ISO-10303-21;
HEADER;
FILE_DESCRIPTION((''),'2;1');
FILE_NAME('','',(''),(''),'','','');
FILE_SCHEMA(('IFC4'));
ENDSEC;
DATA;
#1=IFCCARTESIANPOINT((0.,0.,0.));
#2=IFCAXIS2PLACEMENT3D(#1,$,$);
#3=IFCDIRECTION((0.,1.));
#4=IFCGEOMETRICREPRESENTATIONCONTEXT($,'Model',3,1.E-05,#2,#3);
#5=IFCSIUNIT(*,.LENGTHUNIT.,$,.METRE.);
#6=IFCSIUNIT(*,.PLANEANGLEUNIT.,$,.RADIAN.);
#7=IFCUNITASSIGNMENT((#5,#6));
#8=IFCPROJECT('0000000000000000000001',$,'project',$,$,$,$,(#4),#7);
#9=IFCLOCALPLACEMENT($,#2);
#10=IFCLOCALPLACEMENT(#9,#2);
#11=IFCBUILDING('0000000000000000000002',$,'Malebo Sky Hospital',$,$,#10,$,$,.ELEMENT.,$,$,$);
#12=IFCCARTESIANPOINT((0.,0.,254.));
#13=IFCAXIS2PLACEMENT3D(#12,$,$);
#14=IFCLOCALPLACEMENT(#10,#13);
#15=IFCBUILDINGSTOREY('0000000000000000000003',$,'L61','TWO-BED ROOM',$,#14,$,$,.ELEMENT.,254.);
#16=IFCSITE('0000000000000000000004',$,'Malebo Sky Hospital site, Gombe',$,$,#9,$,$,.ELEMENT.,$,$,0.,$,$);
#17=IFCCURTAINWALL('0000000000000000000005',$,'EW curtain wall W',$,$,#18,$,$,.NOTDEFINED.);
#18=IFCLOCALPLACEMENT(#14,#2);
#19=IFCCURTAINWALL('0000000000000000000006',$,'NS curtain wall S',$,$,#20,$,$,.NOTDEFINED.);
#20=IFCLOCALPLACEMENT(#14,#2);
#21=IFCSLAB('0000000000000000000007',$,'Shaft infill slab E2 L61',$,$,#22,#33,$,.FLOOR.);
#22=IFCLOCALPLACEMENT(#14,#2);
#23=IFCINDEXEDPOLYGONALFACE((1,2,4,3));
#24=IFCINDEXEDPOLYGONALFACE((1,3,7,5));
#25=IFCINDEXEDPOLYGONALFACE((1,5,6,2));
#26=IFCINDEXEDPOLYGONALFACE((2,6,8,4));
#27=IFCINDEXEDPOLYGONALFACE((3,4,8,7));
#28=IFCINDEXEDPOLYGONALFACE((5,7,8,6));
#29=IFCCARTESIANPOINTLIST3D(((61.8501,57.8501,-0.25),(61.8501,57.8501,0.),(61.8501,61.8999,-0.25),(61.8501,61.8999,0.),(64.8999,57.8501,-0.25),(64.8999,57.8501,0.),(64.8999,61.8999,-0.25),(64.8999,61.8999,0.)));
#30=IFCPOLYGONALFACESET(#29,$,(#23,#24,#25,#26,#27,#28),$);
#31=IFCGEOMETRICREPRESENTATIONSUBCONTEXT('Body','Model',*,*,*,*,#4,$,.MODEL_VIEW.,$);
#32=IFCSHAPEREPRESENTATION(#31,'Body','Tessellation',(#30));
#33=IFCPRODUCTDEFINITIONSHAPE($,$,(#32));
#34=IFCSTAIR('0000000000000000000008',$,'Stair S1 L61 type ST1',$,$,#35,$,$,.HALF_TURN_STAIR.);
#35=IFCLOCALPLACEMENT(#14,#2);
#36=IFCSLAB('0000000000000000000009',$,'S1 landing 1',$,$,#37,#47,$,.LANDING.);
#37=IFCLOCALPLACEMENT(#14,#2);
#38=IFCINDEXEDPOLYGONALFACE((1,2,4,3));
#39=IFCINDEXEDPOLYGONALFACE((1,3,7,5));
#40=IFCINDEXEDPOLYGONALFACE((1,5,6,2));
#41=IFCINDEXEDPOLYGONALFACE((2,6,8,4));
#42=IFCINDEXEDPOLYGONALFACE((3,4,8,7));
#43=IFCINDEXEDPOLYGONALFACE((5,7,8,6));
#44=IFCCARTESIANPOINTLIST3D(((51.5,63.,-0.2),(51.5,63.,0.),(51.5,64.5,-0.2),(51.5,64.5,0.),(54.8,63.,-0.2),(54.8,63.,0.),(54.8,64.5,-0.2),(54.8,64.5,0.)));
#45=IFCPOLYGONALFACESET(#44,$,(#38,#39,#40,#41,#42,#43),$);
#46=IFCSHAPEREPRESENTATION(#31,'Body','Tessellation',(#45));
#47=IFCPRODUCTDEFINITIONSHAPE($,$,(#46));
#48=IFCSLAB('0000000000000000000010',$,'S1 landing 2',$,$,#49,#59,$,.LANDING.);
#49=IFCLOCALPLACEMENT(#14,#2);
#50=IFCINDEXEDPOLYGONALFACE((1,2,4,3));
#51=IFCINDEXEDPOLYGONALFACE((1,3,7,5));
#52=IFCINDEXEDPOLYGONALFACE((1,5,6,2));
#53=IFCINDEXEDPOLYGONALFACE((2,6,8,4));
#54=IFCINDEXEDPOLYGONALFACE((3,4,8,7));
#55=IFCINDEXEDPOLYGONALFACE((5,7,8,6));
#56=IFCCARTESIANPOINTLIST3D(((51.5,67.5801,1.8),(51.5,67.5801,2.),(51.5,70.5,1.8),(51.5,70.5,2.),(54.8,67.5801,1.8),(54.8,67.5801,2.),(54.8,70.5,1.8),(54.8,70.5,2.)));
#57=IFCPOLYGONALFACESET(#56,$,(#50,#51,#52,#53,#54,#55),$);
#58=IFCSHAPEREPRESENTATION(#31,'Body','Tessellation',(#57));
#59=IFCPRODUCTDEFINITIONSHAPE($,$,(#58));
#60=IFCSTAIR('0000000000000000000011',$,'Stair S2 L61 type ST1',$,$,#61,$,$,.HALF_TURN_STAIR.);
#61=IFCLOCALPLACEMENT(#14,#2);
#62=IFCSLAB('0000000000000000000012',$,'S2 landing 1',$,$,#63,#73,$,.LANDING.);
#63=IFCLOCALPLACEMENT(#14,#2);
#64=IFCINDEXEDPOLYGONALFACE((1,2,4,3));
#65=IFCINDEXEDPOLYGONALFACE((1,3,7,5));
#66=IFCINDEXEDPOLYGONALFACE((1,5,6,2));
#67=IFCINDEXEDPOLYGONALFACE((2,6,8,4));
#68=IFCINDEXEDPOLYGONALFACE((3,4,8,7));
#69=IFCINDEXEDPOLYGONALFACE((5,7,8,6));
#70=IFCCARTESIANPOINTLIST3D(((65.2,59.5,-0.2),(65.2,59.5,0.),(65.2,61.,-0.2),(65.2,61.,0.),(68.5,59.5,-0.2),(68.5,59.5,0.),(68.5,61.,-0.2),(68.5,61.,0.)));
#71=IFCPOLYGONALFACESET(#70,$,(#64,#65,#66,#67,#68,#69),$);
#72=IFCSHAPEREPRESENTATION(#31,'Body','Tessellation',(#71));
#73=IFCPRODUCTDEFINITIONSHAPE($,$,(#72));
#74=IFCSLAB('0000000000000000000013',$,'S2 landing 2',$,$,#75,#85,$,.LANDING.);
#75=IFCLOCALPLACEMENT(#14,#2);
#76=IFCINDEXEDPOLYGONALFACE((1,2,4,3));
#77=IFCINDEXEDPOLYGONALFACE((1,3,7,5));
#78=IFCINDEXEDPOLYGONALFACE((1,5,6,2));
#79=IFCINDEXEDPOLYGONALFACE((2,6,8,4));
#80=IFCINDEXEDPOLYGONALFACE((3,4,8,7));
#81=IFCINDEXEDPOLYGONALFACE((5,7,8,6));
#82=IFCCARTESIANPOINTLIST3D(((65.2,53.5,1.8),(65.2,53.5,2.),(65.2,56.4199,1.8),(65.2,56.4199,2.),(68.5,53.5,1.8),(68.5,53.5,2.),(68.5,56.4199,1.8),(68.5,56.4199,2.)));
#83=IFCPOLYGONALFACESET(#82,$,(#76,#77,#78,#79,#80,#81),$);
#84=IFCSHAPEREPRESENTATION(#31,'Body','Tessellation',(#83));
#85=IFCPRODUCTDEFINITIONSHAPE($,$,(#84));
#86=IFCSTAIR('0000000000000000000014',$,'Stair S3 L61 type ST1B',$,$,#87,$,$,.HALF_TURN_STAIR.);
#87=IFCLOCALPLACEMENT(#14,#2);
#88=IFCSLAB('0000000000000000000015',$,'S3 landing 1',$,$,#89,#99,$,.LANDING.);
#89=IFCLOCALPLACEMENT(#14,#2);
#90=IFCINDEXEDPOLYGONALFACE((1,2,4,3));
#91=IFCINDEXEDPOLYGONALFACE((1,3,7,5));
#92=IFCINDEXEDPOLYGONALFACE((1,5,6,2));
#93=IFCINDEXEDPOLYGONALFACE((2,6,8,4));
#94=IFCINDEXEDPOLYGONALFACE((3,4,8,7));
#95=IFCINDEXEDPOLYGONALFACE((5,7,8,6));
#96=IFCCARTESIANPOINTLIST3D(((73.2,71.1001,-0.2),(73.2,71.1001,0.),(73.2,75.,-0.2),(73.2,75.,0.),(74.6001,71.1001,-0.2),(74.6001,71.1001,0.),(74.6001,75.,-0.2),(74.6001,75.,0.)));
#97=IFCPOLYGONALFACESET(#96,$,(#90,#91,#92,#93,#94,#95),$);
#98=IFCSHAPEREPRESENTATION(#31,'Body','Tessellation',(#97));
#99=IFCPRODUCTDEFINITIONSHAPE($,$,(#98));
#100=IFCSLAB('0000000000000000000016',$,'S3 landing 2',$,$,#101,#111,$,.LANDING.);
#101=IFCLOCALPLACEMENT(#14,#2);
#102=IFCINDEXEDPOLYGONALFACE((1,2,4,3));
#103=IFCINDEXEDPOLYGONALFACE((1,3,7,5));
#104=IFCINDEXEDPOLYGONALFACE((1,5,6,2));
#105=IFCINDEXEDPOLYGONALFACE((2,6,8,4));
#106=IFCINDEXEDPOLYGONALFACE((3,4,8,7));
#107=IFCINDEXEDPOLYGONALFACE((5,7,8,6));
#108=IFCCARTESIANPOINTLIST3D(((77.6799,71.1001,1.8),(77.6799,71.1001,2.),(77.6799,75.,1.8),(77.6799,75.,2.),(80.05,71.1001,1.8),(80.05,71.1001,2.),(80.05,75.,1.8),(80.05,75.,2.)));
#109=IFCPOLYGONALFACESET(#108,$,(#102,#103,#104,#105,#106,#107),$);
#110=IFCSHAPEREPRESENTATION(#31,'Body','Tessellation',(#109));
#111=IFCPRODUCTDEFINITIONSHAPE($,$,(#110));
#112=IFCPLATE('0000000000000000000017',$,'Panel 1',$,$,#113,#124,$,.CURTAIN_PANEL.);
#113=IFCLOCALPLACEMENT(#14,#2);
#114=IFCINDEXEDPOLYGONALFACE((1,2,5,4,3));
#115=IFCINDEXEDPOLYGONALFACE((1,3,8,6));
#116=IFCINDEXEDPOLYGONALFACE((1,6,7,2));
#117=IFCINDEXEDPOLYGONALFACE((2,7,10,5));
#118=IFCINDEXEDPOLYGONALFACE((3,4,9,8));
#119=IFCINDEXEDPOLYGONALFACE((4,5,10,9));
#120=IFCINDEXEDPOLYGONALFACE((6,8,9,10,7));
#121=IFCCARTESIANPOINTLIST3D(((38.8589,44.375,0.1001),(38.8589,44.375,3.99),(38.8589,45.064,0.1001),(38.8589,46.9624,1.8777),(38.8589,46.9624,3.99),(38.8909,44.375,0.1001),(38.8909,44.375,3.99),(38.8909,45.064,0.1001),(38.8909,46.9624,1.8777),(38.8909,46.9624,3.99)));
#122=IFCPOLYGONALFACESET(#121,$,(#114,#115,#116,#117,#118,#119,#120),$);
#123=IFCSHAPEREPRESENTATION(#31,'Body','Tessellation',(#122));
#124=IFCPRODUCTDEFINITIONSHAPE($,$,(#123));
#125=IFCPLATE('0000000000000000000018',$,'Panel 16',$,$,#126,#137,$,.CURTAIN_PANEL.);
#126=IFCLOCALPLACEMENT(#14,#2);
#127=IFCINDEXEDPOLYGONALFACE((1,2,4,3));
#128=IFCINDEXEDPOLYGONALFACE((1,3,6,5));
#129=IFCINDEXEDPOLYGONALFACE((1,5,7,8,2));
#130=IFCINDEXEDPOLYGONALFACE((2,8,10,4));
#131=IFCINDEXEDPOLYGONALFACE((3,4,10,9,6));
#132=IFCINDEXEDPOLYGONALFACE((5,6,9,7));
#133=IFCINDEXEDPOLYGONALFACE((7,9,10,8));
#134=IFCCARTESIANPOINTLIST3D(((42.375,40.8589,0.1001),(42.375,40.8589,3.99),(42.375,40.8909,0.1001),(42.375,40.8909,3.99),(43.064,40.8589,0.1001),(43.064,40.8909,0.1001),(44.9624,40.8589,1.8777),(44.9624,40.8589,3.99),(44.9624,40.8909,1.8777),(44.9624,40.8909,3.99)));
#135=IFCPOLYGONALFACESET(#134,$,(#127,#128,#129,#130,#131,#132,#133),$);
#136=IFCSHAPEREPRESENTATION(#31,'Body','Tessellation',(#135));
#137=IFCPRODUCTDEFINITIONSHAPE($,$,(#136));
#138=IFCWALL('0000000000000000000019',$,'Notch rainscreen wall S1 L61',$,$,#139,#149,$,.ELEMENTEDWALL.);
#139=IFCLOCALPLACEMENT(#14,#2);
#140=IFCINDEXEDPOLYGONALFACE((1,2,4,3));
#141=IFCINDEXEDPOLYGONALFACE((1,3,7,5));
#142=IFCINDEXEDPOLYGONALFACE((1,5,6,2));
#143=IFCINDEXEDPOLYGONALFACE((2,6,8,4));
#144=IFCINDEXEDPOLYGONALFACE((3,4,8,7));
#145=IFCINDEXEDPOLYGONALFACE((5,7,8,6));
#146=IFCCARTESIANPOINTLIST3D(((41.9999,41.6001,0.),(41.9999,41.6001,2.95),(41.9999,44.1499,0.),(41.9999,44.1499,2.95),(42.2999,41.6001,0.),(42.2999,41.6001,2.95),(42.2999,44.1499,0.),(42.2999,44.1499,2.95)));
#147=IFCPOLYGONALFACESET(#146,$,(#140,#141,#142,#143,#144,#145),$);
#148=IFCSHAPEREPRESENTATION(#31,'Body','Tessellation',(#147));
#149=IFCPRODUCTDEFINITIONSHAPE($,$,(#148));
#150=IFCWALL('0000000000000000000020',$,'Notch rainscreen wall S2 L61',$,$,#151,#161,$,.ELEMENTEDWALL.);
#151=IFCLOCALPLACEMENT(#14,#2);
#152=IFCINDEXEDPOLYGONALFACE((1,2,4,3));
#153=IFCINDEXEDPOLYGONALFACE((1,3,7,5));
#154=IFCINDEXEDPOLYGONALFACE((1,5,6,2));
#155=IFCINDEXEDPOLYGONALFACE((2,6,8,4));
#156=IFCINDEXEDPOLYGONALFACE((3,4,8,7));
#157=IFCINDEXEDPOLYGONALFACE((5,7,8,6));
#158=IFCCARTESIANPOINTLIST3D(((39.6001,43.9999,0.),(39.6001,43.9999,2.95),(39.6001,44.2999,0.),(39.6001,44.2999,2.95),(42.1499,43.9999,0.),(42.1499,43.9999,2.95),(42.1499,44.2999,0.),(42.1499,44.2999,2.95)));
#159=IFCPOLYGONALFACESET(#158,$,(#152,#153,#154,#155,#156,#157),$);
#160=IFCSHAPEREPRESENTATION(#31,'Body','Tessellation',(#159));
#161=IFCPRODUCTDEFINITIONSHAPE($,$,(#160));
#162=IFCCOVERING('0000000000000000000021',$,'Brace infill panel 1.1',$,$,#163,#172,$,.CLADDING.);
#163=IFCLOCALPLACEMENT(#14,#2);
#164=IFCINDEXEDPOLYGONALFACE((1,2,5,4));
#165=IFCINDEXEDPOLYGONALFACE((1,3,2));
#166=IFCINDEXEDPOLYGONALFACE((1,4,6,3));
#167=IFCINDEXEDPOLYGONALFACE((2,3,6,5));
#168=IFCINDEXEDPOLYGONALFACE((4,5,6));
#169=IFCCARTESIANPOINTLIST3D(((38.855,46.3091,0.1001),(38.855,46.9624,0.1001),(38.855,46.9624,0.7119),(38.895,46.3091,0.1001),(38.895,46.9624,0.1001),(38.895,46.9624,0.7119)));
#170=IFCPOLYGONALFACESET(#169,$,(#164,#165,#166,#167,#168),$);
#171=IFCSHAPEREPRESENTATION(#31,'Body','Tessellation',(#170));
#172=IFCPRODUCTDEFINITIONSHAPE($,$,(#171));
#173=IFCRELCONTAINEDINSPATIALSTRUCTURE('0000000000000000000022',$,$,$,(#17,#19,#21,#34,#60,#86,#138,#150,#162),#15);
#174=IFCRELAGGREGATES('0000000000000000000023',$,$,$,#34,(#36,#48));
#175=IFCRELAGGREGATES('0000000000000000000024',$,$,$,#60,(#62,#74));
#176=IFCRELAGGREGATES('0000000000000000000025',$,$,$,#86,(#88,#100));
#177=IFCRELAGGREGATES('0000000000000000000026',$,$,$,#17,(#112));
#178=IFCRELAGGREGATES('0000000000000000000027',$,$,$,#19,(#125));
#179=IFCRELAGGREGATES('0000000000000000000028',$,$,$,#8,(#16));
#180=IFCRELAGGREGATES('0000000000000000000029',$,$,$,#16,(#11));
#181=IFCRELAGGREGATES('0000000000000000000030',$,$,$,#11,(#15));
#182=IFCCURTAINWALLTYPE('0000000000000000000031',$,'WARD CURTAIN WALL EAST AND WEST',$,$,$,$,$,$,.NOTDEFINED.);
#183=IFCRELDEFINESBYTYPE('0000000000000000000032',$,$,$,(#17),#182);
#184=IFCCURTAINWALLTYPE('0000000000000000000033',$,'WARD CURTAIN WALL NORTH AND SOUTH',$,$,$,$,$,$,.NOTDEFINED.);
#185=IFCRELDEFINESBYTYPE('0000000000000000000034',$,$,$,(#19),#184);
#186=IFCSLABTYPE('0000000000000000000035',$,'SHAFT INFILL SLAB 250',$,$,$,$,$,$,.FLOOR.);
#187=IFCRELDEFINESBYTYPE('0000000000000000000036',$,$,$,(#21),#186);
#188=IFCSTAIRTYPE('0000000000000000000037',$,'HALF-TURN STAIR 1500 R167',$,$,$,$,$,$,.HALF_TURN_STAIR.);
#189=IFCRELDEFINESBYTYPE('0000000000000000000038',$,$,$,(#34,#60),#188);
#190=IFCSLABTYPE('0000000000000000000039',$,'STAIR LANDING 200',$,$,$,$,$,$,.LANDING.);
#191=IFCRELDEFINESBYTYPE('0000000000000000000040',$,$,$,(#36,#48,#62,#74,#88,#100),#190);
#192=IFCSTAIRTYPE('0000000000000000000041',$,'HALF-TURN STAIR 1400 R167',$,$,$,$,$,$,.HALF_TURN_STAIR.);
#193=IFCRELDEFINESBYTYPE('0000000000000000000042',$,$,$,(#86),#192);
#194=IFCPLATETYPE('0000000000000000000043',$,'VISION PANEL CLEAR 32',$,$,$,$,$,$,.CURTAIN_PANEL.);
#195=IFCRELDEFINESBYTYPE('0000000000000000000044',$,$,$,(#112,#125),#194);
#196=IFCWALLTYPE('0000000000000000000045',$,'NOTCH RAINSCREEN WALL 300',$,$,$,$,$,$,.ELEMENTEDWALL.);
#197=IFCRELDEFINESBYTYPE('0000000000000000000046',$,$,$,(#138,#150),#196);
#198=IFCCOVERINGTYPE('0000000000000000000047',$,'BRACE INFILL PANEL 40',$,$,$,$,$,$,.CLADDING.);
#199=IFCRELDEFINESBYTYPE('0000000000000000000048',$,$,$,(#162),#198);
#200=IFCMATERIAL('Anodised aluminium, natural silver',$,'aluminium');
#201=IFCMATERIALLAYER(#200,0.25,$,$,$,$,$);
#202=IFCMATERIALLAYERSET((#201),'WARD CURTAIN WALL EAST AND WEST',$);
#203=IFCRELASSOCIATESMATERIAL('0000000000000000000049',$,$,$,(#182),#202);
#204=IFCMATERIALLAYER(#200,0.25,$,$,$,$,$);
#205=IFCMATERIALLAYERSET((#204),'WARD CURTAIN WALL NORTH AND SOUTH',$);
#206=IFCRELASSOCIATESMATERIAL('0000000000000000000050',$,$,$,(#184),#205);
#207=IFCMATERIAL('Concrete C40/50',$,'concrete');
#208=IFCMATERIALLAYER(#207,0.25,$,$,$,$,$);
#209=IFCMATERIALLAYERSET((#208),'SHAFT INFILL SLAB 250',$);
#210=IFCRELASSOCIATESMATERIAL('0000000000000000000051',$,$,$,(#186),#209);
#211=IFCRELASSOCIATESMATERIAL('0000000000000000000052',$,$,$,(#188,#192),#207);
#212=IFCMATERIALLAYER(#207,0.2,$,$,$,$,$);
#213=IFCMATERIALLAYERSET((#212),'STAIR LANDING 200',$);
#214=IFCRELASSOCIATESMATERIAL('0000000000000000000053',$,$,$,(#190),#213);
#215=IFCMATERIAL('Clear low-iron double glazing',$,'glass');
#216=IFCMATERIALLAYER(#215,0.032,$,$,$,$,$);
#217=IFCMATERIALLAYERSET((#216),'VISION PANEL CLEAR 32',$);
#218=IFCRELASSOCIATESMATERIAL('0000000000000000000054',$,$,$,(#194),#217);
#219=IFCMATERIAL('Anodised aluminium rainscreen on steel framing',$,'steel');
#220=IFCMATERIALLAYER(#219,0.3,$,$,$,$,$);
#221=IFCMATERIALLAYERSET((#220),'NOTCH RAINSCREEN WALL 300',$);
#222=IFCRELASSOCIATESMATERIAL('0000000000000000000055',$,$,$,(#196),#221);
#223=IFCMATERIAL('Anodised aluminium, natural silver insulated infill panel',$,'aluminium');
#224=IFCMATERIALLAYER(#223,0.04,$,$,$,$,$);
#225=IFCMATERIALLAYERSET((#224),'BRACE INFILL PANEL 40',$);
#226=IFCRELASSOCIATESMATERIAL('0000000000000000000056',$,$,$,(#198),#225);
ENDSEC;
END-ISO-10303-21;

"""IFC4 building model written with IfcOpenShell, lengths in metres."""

from ifc_helpers import new_model, si_unit, direction, frame, frame_2d, origin, place, context, subcontext, project, spatial, polyline, rectangle, outline, extrude, material, layer, layer_set, type_object, element, aggregate, save


model = new_model("IFC4")

# Units and contexts
model_context = context("Model", 3, precision=1e-05, world=origin(), true_north=direction((0.0, 1.0)))
body_context = subcontext(model_context, "Body", "Model", "MODEL_VIEW")
ifc_project = project(units=[si_unit("LENGTHUNIT", "METRE"), si_unit("PLANEANGLEUNIT", "RADIAN")], contexts=[model_context])

# Site, building, storey
site_placement = place(None, origin())
site = spatial("IfcSite", under=ifc_project, at=site_placement, Name="Malebo Sky Hospital site, Gombe", CompositionType="ELEMENT", RefElevation=0.0)
building_placement = place(site_placement, origin())
building = spatial("IfcBuilding", under=site, at=building_placement, Name="Malebo Sky Hospital", CompositionType="ELEMENT")
storey_placement = place(building_placement, frame((0.0, 0.0, 254.0)))
storey = spatial("IfcBuildingStorey", under=building, at=storey_placement, Name="L61", Description="TWO-BED ROOM", CompositionType="ELEMENT", Elevation=254.0)

# Curtain wall
ifc_material_1 = material(Name="Anodised aluminium, natural silver", Category="aluminium")
ifc_layer_1 = layer(ifc_material_1, 0.25)
ifc_layer_set_1 = layer_set([ifc_layer_1], Name="WARD CURTAIN WALL EAST AND WEST")
curtain_wall_type_1 = type_object("IfcCurtainWallType", Name="WARD CURTAIN WALL EAST AND WEST", PredefinedType="NOTDEFINED", material=ifc_layer_set_1)
curtain_wall_1_placement = place(storey_placement, origin())
curtain_wall_1 = element("IfcCurtainWall", 1, at=curtain_wall_1_placement, inside=storey, type_object=curtain_wall_type_1, Name="EW curtain wall W", PredefinedType="NOTDEFINED")

# Curtain wall
ifc_layer_2 = layer(ifc_material_1, 0.25)
ifc_layer_set_2 = layer_set([ifc_layer_2], Name="WARD CURTAIN WALL NORTH AND SOUTH")
curtain_wall_type_2 = type_object("IfcCurtainWallType", Name="WARD CURTAIN WALL NORTH AND SOUTH", PredefinedType="NOTDEFINED", material=ifc_layer_set_2)
curtain_wall_2_placement = place(storey_placement, origin())
curtain_wall_2 = element("IfcCurtainWall", 2, at=curtain_wall_2_placement, inside=storey, type_object=curtain_wall_type_2, Name="NS curtain wall S", PredefinedType="NOTDEFINED")

# Slab
ifc_material_2 = material(Name="Concrete C40/50", Category="concrete")
ifc_layer_3 = layer(ifc_material_2, 0.25)
ifc_layer_set_3 = layer_set([ifc_layer_3], Name="SHAFT INFILL SLAB 250")
slab_type_1 = type_object("IfcSlabType", Name="SHAFT INFILL SLAB 250", PredefinedType="FLOOR", material=ifc_layer_set_3)
slab_1_placement = place(storey_placement, frame((0.0, 0.0, -0.25)))
element("IfcSlab", 3, at=slab_1_placement, inside=storey, type_object=slab_type_1, Name="Shaft infill slab E2 L61", PredefinedType="FLOOR", context=body_context, shape_type="SweptSolid", body=[
    extrude(outline(polyline([(61.8501, 57.8501), (64.8999, 57.8501), (64.8999, 61.8999), (61.8501, 61.8999), (61.8501, 57.8501)])), origin(), (0.0, 0.0, 1.0), 0.25),
])

# Stairs, slabs
stair_type_1 = type_object("IfcStairType", Name="HALF-TURN STAIR 1500 R167", PredefinedType="HALF_TURN_STAIR", material=ifc_material_2)
stair_1_placement = place(storey_placement, origin())
stair_1 = element("IfcStair", 4, at=stair_1_placement, inside=storey, type_object=stair_type_1, Name="Stair S1 L61 type ST1", PredefinedType="HALF_TURN_STAIR")
ifc_layer_4 = layer(ifc_material_2, 0.2)
ifc_layer_set_4 = layer_set([ifc_layer_4], Name="STAIR LANDING 200")
slab_type_2 = type_object("IfcSlabType", Name="STAIR LANDING 200", PredefinedType="LANDING", material=ifc_layer_set_4)
slab_2_placement = place(storey_placement, frame((0.0, 0.0, -0.2)))
slab_2 = element("IfcSlab", 5, at=slab_2_placement, type_object=slab_type_2, Name="S1 landing 1", PredefinedType="LANDING", context=body_context, shape_type="SweptSolid", body=[
    extrude(outline(polyline([(51.5, 63.0), (54.8, 63.0), (54.8, 64.5), (51.5, 64.5), (51.5, 63.0)])), origin(), (0.0, 0.0, 1.0), 0.2),
])
slab_3_placement = place(storey_placement, frame((0.0, 0.0, 1.8)))
slab_3 = element("IfcSlab", 6, at=slab_3_placement, type_object=slab_type_2, Name="S1 landing 2", PredefinedType="LANDING", context=body_context, shape_type="SweptSolid", body=[
    extrude(outline(polyline([(51.5, 67.5801), (54.8, 67.5801), (54.8, 70.5), (51.5, 70.5), (51.5, 67.5801)])), origin(), (0.0, 0.0, 1.0), 0.2),
])
aggregate(stair_1, [slab_2, slab_3])
stair_2_placement = place(storey_placement, origin())
stair_2 = element("IfcStair", 7, at=stair_2_placement, inside=storey, type_object=stair_type_1, Name="Stair S2 L61 type ST1", PredefinedType="HALF_TURN_STAIR")
slab_4_placement = place(storey_placement, frame((0.0, 0.0, -0.2)))
slab_4 = element("IfcSlab", 8, at=slab_4_placement, type_object=slab_type_2, Name="S2 landing 1", PredefinedType="LANDING", context=body_context, shape_type="SweptSolid", body=[
    extrude(outline(polyline([(65.2, 59.5), (68.5, 59.5), (68.5, 61.0), (65.2, 61.0), (65.2, 59.5)])), origin(), (0.0, 0.0, 1.0), 0.2),
])
slab_5_placement = place(storey_placement, frame((0.0, 0.0, 1.8)))
slab_5 = element("IfcSlab", 9, at=slab_5_placement, type_object=slab_type_2, Name="S2 landing 2", PredefinedType="LANDING", context=body_context, shape_type="SweptSolid", body=[
    extrude(outline(polyline([(65.2, 53.5), (68.5, 53.5), (68.5, 56.4199), (65.2, 56.4199), (65.2, 53.5)])), origin(), (0.0, 0.0, 1.0), 0.2),
])
aggregate(stair_2, [slab_4, slab_5])
stair_type_2 = type_object("IfcStairType", Name="HALF-TURN STAIR 1400 R167", PredefinedType="HALF_TURN_STAIR", material=ifc_material_2)
stair_3_placement = place(storey_placement, origin())
stair_3 = element("IfcStair", 10, at=stair_3_placement, inside=storey, type_object=stair_type_2, Name="Stair S3 L61 type ST1B", PredefinedType="HALF_TURN_STAIR")
slab_6_placement = place(storey_placement, frame((0.0, 0.0, -0.2)))
slab_6 = element("IfcSlab", 11, at=slab_6_placement, type_object=slab_type_2, Name="S3 landing 1", PredefinedType="LANDING", context=body_context, shape_type="SweptSolid", body=[
    extrude(outline(polyline([(73.2, 71.1001), (73.2, 75.0), (74.6001, 75.0), (74.6001, 71.1001), (73.2, 71.1001)])), origin(), (0.0, 0.0, 1.0), 0.2),
])
slab_7_placement = place(storey_placement, frame((0.0, 0.0, 1.8)))
slab_7 = element("IfcSlab", 12, at=slab_7_placement, type_object=slab_type_2, Name="S3 landing 2", PredefinedType="LANDING", context=body_context, shape_type="SweptSolid", body=[
    extrude(outline(polyline([(77.6799, 71.1001), (77.6799, 75.0), (80.05, 75.0), (80.05, 71.1001), (77.6799, 71.1001)])), origin(), (0.0, 0.0, 1.0), 0.2),
])
aggregate(stair_3, [slab_6, slab_7])

# Plates
ifc_material_3 = material(Name="Clear low-iron double glazing", Category="glass")
ifc_layer_5 = layer(ifc_material_3, 0.032)
ifc_layer_set_5 = layer_set([ifc_layer_5], Name="VISION PANEL CLEAR 32")
plate_type = type_object("IfcPlateType", Name="VISION PANEL CLEAR 32", PredefinedType="CURTAIN_PANEL", material=ifc_layer_set_5)
plate_1_placement = place(storey_placement, frame((38.875, 45.6687, 0.1001), z_axis=(0.0, 0.0, 1.0), x_axis=(0.0, 1.0, 0.0)))
plate_1 = element("IfcPlate", 13, at=plate_1_placement, type_object=plate_type, Name="Panel 1", PredefinedType="CURTAIN_PANEL", context=body_context, shape_type="SweptSolid", body=[
    extrude(outline(polyline([(-1.2937, 0.0), (-0.6047, 0.0), (1.2937, 1.7776), (1.2937, 3.8899), (-1.2937, 3.8899), (-1.2937, 0.0)])), frame((0.0, 0.0161, 0.0), z_axis=(0.0, -1.0, 0.0), x_axis=(1.0, 0.0, 0.0)), (0.0, 0.0, 1.0), 0.032),
])
aggregate(curtain_wall_1, [plate_1])
plate_2_placement = place(storey_placement, frame((43.6687, 40.875, 0.1001), z_axis=(0.0, 0.0, 1.0), x_axis=(-1.0, 0.0, 0.0)))
plate_2 = element("IfcPlate", 14, at=plate_2_placement, type_object=plate_type, Name="Panel 16", PredefinedType="CURTAIN_PANEL", context=body_context, shape_type="SweptSolid", body=[
    extrude(outline(polyline([(0.6047, 0.0), (1.2937, 0.0), (1.2937, 3.8899), (-1.2937, 3.8899), (-1.2937, 1.7776), (0.6047, 0.0)])), frame((0.0, 0.0161, 0.0), z_axis=(0.0, -1.0, 0.0), x_axis=(1.0, 0.0, 0.0)), (0.0, 0.0, 1.0), 0.032),
])
aggregate(curtain_wall_2, [plate_2])

# Walls
ifc_material_4 = material(Name="Anodised aluminium rainscreen on steel framing", Category="steel")
ifc_layer_6 = layer(ifc_material_4, 0.3)
ifc_layer_set_6 = layer_set([ifc_layer_6], Name="NOTCH RAINSCREEN WALL 300")
wall_type = type_object("IfcWallType", Name="NOTCH RAINSCREEN WALL 300", PredefinedType="ELEMENTEDWALL", material=ifc_layer_set_6)
for number, where, z_axis, x_axis, name in (
    (15, (42.1499, 41.6001, 0.0), (0.0, 0.0, 1.0), (0.0, 1.0, 0.0), "Notch rainscreen wall S1 L61"),
    (16, (42.1499, 44.1499, 0.0), (0.0, 0.0, 1.0), (-1.0, 0.0, 0.0), "Notch rainscreen wall S2 L61"),
):
    element("IfcWall", number, at=place(storey_placement, frame(where, z_axis=z_axis, x_axis=x_axis)), inside=storey, type_object=wall_type, Name=name, PredefinedType="ELEMENTEDWALL", context=body_context, shape_type="SweptSolid", body=[
        extrude(rectangle(XDim=2.5498, YDim=0.3, at=frame_2d((1.2749, 0.0))), origin(), (0.0, 0.0, 1.0), 2.95),
    ])

# Covering
ifc_material_5 = material(Name="Anodised aluminium, natural silver insulated infill panel", Category="aluminium")
ifc_layer_7 = layer(ifc_material_5, 0.04)
ifc_layer_set_7 = layer_set([ifc_layer_7], Name="BRACE INFILL PANEL 40")
covering_type = type_object("IfcCoveringType", Name="BRACE INFILL PANEL 40", PredefinedType="CLADDING", material=ifc_layer_set_7)
covering_placement = place(storey_placement, frame((38.875, 46.6357, 0.1001), z_axis=(0.0, 0.0, 1.0), x_axis=(0.0, 1.0, 0.0)))
element("IfcCovering", 17, at=covering_placement, inside=storey, type_object=covering_type, Name="Brace infill panel 1.1", PredefinedType="CLADDING", context=body_context, shape_type="SweptSolid", body=[
    extrude(outline(polyline([(-0.3267, 0.0), (0.3267, 0.0), (0.3267, 0.6118), (-0.3267, 0.0)])), frame((0.0, 0.02, 0.0), z_axis=(0.0, -1.0, 0.0), x_axis=(1.0, 0.0, 0.0)), (0.0, 0.0, 1.0), 0.04),
])

save(model, "model.ifc")
